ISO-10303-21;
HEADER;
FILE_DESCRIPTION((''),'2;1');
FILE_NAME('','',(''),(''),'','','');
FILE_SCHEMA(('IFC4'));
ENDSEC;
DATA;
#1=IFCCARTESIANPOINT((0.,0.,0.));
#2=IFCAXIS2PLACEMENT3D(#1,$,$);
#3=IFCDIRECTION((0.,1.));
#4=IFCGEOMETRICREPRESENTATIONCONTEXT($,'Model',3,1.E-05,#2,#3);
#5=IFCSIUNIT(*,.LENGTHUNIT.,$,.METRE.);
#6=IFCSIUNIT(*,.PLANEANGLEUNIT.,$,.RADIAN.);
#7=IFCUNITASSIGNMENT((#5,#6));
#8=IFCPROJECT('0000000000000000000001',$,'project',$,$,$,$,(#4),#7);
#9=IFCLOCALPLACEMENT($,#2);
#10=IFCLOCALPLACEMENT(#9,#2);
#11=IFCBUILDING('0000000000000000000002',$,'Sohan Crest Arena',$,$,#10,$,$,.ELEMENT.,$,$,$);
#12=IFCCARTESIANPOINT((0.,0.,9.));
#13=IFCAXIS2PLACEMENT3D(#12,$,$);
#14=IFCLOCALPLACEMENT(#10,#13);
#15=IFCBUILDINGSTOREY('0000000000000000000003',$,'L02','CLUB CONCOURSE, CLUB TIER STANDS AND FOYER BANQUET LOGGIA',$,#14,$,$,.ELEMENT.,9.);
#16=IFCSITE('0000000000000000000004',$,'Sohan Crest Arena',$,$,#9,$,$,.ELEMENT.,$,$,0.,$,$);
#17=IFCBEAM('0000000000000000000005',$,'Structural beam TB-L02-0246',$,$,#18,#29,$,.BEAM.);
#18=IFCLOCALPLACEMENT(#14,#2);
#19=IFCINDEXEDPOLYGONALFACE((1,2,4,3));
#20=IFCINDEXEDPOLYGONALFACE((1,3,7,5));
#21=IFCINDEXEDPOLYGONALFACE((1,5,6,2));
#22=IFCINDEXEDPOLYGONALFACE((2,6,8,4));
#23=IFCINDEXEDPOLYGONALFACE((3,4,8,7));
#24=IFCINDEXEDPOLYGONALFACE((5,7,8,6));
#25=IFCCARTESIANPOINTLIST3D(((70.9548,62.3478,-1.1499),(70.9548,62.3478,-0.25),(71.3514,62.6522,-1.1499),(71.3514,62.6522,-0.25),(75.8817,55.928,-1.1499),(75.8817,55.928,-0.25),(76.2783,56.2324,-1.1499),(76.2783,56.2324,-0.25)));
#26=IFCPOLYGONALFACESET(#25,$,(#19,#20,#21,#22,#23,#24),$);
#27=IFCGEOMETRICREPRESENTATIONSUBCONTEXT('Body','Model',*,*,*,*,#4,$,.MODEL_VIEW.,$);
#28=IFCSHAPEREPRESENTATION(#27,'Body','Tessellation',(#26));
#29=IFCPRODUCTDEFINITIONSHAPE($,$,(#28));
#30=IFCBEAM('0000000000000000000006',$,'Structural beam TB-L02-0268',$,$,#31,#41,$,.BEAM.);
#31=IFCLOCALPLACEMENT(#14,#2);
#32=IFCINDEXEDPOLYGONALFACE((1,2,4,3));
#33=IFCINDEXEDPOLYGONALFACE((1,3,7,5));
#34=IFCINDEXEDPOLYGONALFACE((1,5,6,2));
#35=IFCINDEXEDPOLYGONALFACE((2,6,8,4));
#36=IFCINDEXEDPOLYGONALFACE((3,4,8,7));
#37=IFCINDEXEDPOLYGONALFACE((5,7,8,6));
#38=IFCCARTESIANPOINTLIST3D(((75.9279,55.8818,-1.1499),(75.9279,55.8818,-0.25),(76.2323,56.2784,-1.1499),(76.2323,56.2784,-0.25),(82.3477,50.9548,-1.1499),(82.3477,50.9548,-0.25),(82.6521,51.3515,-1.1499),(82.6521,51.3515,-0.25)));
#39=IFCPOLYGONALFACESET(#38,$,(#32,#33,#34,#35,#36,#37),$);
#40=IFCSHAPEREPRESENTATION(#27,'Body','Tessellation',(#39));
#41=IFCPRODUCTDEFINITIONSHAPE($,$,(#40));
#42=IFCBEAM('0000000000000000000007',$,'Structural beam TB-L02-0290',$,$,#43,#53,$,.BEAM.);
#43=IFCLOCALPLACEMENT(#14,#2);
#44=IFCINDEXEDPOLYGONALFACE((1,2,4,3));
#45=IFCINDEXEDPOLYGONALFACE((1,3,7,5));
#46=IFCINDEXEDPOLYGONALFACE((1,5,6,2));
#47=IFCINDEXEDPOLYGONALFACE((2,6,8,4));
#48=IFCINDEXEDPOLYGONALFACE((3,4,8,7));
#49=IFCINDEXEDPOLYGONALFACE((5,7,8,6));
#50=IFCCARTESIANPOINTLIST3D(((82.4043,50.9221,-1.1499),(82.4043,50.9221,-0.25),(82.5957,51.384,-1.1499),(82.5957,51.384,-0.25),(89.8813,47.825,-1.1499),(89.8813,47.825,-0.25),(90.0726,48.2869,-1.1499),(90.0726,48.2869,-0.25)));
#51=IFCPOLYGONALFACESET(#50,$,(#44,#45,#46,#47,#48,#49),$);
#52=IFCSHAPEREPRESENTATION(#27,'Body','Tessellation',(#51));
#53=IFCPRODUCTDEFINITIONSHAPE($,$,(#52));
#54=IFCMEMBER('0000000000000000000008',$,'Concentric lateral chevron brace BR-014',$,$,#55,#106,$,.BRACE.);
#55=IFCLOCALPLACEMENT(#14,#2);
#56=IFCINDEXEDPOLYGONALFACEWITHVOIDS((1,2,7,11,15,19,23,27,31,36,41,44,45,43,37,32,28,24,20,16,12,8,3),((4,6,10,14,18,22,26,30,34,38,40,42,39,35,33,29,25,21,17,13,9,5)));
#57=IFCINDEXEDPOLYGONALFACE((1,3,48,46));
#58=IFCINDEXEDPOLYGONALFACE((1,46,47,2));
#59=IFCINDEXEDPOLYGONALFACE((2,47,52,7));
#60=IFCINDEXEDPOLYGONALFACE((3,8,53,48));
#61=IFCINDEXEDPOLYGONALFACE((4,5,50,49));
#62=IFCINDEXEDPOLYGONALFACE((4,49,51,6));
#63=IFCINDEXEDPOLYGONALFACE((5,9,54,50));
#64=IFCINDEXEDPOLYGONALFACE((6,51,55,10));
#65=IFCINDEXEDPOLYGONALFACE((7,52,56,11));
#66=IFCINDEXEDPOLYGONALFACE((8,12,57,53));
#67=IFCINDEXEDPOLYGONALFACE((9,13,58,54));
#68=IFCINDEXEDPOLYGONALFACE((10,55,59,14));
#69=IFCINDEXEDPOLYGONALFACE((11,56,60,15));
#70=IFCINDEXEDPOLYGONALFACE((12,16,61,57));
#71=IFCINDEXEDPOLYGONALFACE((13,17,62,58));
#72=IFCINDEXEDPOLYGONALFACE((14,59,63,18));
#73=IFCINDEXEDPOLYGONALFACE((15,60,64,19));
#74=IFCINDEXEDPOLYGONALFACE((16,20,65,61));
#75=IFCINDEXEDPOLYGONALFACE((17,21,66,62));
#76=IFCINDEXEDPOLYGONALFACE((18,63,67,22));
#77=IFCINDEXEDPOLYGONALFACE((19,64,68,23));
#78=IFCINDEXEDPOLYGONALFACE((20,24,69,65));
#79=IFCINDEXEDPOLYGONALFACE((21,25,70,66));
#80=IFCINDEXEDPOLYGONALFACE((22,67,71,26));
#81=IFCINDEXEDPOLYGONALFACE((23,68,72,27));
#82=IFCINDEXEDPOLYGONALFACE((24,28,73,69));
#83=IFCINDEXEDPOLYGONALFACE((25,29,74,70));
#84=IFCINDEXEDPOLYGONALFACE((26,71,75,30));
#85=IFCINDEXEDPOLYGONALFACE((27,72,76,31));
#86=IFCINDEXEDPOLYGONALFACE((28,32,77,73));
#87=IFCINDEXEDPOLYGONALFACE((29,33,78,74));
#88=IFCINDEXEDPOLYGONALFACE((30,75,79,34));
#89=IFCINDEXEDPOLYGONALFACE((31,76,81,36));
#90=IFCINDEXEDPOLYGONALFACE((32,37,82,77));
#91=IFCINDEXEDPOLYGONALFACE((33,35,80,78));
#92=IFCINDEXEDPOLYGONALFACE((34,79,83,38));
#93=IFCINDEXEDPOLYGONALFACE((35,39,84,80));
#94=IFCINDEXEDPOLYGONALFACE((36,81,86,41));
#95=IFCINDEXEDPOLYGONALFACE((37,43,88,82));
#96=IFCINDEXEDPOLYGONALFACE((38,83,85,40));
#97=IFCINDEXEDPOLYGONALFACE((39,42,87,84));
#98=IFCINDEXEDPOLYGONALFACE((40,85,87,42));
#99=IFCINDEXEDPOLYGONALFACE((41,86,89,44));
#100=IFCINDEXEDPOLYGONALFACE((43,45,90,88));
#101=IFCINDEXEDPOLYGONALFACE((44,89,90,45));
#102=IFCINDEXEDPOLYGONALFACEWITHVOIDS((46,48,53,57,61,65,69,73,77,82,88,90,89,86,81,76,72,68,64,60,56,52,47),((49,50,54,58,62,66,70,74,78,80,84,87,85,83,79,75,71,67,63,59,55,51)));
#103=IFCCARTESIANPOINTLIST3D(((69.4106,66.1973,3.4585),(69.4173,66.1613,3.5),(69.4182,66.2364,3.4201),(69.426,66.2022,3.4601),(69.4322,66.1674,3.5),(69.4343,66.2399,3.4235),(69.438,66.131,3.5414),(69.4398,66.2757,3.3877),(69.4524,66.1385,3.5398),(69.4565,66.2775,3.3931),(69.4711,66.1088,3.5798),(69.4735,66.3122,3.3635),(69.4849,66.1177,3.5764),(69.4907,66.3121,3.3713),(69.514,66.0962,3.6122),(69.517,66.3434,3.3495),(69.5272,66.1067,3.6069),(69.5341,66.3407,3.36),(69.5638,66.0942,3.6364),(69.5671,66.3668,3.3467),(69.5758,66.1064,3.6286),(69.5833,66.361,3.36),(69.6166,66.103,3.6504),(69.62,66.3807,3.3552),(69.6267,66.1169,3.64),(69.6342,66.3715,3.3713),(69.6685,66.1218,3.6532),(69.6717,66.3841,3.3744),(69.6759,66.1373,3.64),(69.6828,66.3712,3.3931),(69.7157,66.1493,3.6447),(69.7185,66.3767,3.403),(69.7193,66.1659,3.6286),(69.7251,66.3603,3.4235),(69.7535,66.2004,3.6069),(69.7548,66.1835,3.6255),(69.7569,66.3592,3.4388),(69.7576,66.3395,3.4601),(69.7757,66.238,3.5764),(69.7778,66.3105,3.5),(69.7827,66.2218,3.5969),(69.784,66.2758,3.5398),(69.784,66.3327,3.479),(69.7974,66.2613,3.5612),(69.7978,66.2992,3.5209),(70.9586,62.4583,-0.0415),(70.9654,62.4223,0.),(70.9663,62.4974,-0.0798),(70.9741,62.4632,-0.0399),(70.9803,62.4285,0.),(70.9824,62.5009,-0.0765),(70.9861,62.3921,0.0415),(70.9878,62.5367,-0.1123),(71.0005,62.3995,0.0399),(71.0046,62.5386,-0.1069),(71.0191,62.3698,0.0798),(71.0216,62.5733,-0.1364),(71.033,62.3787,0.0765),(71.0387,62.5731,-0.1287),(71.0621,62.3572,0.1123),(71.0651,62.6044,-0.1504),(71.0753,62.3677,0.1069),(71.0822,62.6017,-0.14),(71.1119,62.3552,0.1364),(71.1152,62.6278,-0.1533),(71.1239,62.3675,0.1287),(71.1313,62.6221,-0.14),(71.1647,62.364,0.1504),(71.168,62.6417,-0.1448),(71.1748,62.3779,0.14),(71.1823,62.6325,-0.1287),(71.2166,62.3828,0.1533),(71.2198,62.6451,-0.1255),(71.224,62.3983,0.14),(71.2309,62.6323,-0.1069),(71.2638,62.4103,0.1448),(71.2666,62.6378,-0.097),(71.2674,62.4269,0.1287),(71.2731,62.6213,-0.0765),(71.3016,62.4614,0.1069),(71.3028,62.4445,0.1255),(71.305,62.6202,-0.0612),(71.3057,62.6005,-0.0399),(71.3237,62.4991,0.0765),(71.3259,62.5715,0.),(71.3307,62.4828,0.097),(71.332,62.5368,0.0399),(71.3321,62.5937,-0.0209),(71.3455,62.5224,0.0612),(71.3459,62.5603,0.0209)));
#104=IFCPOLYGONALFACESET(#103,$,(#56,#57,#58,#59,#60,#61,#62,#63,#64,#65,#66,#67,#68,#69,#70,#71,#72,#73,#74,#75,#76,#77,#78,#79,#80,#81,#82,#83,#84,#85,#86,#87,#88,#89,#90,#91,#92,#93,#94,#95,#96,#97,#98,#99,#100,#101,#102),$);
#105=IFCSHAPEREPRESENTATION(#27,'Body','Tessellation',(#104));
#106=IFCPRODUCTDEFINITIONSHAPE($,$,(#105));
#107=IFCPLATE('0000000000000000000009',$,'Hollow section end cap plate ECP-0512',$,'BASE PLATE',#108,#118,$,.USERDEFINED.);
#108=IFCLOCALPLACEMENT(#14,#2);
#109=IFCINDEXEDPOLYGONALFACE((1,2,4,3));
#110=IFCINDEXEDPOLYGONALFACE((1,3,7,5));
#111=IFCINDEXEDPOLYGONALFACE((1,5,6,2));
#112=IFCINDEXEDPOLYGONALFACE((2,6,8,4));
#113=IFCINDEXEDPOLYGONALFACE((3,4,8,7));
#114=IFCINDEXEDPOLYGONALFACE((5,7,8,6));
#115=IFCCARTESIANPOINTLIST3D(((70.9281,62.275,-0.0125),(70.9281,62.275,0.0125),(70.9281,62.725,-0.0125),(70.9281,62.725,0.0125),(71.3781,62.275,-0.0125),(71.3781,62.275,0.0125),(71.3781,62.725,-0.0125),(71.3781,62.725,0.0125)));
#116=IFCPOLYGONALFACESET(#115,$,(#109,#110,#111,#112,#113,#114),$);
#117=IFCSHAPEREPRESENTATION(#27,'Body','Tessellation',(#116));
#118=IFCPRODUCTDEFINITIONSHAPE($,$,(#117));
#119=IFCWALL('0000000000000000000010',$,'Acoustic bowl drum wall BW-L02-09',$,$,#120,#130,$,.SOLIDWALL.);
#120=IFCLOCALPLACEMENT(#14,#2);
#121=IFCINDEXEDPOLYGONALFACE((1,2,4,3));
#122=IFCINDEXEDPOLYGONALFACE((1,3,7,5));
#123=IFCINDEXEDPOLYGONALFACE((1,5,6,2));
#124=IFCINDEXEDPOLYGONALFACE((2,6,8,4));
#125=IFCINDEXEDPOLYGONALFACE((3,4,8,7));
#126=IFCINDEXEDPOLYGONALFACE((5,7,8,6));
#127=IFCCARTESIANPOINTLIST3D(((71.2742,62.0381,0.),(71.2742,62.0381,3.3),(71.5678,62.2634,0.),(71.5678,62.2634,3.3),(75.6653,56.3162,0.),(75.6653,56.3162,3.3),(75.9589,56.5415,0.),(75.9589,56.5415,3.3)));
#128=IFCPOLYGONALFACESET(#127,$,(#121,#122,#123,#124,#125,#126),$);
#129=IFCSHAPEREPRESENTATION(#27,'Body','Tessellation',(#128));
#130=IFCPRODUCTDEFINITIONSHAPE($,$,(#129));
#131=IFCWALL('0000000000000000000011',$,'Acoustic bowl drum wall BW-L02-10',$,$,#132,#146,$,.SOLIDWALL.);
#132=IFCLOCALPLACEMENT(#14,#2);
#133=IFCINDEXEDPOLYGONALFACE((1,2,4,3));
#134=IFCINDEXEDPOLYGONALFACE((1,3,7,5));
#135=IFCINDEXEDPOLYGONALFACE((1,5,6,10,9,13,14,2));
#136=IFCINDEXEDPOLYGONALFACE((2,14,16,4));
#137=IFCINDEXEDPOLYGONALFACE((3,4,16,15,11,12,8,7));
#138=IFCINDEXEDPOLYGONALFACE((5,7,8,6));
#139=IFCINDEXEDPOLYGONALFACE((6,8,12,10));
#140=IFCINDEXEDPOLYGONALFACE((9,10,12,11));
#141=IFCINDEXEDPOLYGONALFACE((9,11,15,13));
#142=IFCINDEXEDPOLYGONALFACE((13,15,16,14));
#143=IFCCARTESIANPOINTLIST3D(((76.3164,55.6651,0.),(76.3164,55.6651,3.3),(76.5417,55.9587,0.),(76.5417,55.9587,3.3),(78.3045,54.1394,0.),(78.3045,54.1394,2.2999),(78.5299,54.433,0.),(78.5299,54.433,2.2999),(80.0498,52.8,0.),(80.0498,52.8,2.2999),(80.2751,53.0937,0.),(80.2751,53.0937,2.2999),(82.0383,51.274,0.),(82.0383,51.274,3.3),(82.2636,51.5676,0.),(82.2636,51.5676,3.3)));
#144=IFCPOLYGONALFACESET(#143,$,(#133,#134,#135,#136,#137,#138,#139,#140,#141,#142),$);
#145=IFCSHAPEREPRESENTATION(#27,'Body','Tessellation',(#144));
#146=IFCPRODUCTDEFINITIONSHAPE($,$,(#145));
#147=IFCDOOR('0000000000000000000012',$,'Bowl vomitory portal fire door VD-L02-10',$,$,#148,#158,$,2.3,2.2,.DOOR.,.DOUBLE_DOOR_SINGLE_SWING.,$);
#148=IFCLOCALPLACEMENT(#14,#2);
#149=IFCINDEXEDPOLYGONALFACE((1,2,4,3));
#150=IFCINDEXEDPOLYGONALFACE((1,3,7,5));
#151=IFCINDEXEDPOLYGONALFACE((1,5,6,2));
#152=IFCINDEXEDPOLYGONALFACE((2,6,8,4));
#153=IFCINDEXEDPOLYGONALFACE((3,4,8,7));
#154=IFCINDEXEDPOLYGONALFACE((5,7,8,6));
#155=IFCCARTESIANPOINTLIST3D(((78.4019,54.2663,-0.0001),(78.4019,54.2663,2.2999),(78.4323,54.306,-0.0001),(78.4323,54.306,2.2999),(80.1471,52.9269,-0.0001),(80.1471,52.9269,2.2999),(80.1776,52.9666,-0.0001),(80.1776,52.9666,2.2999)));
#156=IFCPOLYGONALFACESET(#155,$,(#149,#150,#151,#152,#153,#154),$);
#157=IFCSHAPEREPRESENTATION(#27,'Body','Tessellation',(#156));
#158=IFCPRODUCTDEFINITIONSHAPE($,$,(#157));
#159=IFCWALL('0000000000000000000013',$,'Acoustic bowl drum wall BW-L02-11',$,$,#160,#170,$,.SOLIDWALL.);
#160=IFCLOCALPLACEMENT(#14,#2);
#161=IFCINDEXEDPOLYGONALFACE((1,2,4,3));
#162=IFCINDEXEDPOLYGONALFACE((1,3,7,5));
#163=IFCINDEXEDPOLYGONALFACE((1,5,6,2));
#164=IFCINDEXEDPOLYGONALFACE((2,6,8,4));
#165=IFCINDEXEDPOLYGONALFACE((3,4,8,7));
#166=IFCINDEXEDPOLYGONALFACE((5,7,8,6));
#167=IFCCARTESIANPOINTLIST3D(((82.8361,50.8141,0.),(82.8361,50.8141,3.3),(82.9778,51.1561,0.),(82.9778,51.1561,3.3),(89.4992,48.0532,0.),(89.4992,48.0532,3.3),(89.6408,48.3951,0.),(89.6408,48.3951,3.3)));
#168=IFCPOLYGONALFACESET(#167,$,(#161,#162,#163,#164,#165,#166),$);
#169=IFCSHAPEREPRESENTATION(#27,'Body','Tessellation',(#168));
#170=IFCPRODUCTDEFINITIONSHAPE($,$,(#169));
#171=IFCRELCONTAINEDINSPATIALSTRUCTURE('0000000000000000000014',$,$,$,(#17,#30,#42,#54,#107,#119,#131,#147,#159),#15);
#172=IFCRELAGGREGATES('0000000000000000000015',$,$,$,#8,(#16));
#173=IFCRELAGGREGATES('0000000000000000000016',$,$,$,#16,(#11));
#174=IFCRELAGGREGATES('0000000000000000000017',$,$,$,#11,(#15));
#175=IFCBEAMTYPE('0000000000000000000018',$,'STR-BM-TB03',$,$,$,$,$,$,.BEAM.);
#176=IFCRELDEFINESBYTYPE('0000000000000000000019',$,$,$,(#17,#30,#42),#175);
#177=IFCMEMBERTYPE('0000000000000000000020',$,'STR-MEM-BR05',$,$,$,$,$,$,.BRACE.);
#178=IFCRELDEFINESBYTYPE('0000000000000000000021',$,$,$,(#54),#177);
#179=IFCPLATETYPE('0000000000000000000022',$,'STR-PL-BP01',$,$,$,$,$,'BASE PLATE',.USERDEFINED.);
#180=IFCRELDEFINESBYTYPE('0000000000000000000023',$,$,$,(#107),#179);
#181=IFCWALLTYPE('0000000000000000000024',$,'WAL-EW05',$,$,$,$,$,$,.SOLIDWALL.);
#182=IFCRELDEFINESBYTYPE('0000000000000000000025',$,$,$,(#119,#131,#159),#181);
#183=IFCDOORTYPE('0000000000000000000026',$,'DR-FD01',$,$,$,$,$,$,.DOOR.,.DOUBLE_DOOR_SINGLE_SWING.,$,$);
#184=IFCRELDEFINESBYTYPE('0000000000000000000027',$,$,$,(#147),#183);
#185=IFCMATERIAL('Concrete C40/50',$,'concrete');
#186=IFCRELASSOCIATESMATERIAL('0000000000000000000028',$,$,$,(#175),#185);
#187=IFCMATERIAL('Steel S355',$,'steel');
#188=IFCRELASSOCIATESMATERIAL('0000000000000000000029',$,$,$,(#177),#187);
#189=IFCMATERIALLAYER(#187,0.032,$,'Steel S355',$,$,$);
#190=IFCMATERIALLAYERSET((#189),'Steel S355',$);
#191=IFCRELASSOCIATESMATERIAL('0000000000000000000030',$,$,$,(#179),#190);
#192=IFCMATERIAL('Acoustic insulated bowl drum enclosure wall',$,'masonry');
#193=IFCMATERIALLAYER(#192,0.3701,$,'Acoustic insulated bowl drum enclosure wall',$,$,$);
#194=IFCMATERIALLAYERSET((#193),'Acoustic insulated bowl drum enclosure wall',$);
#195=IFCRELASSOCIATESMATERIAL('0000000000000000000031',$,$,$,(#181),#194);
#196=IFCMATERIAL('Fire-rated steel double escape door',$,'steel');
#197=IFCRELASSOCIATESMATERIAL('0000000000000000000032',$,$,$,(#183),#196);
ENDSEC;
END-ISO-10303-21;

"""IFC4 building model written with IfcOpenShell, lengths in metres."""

from ifc_helpers import new_model, si_unit, direction, frame, frame_2d, origin, origin_2d, place, context, subcontext, project, spatial, rectangle, hollow_circle, extrude, material, layer, layer_set, material_profile, profile_set, type_object, element, fill, save


model = new_model("IFC4")

# Units and contexts
model_context = context("Model", 3, precision=1e-05, world=origin(), true_north=direction((0.0, 1.0)))
body_context = subcontext(model_context, "Body", "Model", "MODEL_VIEW")
ifc_project = project(units=[si_unit("LENGTHUNIT", "METRE"), si_unit("PLANEANGLEUNIT", "RADIAN")], contexts=[model_context])

# Site, building, storey
site_placement = place(None, origin())
site = spatial("IfcSite", under=ifc_project, at=site_placement, Name="Sohan Crest Arena", CompositionType="ELEMENT", RefElevation=0.0)
building_placement = place(site_placement, origin())
building = spatial("IfcBuilding", under=site, at=building_placement, Name="Sohan Crest Arena", CompositionType="ELEMENT")
storey_placement = place(building_placement, frame((0.0, 0.0, 9.0)))
storey = spatial("IfcBuildingStorey", under=building, at=storey_placement, Name="L02", Description="CLUB CONCOURSE, CLUB TIER STANDS AND FOYER BANQUET LOGGIA", CompositionType="ELEMENT", Elevation=9.0)

# Shared definitions
ifc_material_1 = material(Name="Concrete C40/50", Category="concrete")
ifc_material_2 = material(Name="Steel S355", Category="steel")

# Beams
ifc_material_profile_1 = material_profile(ifc_material_1, rectangle(XDim=0.5, YDim=0.8999, at=origin_2d()), Name="RC-BM 500x900")
ifc_profile_set_1 = profile_set([ifc_material_profile_1], Name="Concrete C40/50")
beam_type_1 = type_object("IfcBeamType", Name="STR-BM-TB03", PredefinedType="BEAM", material=ifc_profile_set_1)
for number, where, z_axis, x_axis, name in (
    (1, (71.1531, 62.5, -0.7), (0.608825, -0.793304, 0.0), (0.793304, 0.608825, 0.0), "Structural beam TB-L02-0246"),
    (2, (76.0801, 56.0801, -0.7), (0.793304, -0.608825, 0.0), (0.608825, 0.793304, 0.0), "Structural beam TB-L02-0268"),
):
    element("IfcBeam", number, at=place(storey_placement, frame(where, z_axis=z_axis, x_axis=x_axis)), inside=storey, type_object=beam_type_1, Name=name, PredefinedType="BEAM", context=body_context, shape_type="SweptSolid", body=[
        extrude(rectangle(XDim=0.5, YDim=0.8999, at=origin_2d()), origin(), (0.0, 0.0, 1.0), 8.0925),
    ])
beam_1_placement = place(storey_placement, frame((82.5, 51.1531, -0.7), z_axis=(0.923876, -0.382691, 0.0), x_axis=(0.382691, 0.923876, 0.0)))
element("IfcBeam", 3, at=beam_1_placement, inside=storey, type_object=beam_type_1, Name="Structural beam TB-L02-0290", PredefinedType="BEAM", context=body_context, shape_type="SweptSolid", body=[
    extrude(rectangle(XDim=0.5, YDim=0.8999, at=origin_2d()), origin(), (0.0, 0.0, 1.0), 8.093),
])

# Member
ifc_material_profile_2 = material_profile(ifc_material_2, hollow_circle(Radius=0.2031, WallThickness=0.0161, at=origin_2d()), Name="CHS 406.4x16")
ifc_profile_set_2 = profile_set([ifc_material_profile_2], Name="Steel S355")
member_type = type_object("IfcMemberType", Name="STR-MEM-BR05", PredefinedType="BRACE", material=ifc_profile_set_2)
member_placement = place(storey_placement, frame((71.1531, 62.5, 0.0), z_axis=(-0.289342, 0.698828, 0.654156), x_axis=(-0.923937, -0.382545, 0.0)))
element("IfcMember", 4, at=member_placement, inside=storey, type_object=member_type, Name="Concentric lateral chevron brace BR-014", PredefinedType="BRACE", context=body_context, shape_type="SweptSolid", body=[
    extrude(hollow_circle(Radius=0.2031, WallThickness=0.0161, at=origin_2d()), origin(), (0.0, 0.0, 1.0), 5.3503),
])

# Plate
ifc_layer_1 = layer(ifc_material_2, 0.032, Name="Steel S355")
ifc_layer_set_1 = layer_set([ifc_layer_1], Name="Steel S355")
plate_type = type_object("IfcPlateType", Name="STR-PL-BP01", ElementType="BASE PLATE", PredefinedType="USERDEFINED", material=ifc_layer_set_1)
plate_placement = place(storey_placement, frame((71.1531, 62.5, -0.0125), z_axis=(0.0, 0.0, 1.0), x_axis=(1.0, 0.0, 0.0)))
element("IfcPlate", 5, at=plate_placement, inside=storey, type_object=plate_type, Name="Hollow section end cap plate ECP-0512", ObjectType="BASE PLATE", PredefinedType="USERDEFINED", context=body_context, shape_type="SweptSolid", body=[
    extrude(rectangle(XDim=0.45, YDim=0.45, at=origin_2d()), origin(), (0.0, 0.0, 1.0), 0.0249),
])

# Wall
ifc_material_3 = material(Name="Acoustic insulated bowl drum enclosure wall", Category="masonry")
ifc_layer_2 = layer(ifc_material_3, 0.3701, Name="Acoustic insulated bowl drum enclosure wall")
ifc_layer_set_2 = layer_set([ifc_layer_2], Name="Acoustic insulated bowl drum enclosure wall")
wall_type_1 = type_object("IfcWallType", Name="WAL-EW05", PredefinedType="SOLIDWALL", material=ifc_layer_set_2)
wall_1_placement = place(storey_placement, frame((71.4209, 62.1509, 0.0), z_axis=(0.0, 0.0, 1.0), x_axis=(0.608807, -0.793318, 0.0)))
element("IfcWall", 6, at=wall_1_placement, inside=storey, type_object=wall_type_1, Name="Acoustic bowl drum wall BW-L02-09", PredefinedType="SOLIDWALL", context=body_context, shape_type="SweptSolid", body=[
    extrude(rectangle(XDim=7.2126, YDim=0.3701, at=frame_2d((3.6064, 0.0))), origin(), (0.0, 0.0, 1.0), 3.3),
])

# Wall, opening, door
wall_2_placement = place(storey_placement, frame((76.429, 55.812, 0.0), z_axis=(0.0, 0.0, 1.0), x_axis=(0.793318, -0.608807, 0.0)))
wall_2 = element("IfcWall", 7, at=wall_2_placement, inside=storey, type_object=wall_type_1, Name="Acoustic bowl drum wall BW-L02-10", PredefinedType="SOLIDWALL", context=body_context, shape_type="SweptSolid", body=[
    extrude(rectangle(XDim=7.2126, YDim=0.3701, at=frame_2d((3.6064, 0.0))), origin(), (0.0, 0.0, 1.0), 3.3),
])
opening_1_placement = place(wall_2_placement, frame((2.5061, 0.0, 0.0)))
opening_1 = element("IfcOpeningElement", 8, at=opening_1_placement, cuts=wall_2, PredefinedType="OPENING", context=body_context, shape_type="SweptSolid", body=[
    extrude(rectangle(XDim=2.2, YDim=2.3, at=frame_2d((1.1001, 1.1499))), frame((0.0, 0.1951, 0.0), z_axis=(0.0, -1.0, 0.0), x_axis=(1.0, 0.0, 0.0)), (0.0, 0.0, 1.0), 0.3901),
])
ifc_material_4 = material(Name="Fire-rated steel double escape door", Category="steel")
door_type_1 = type_object("IfcDoorType", Name="DR-FD01", OperationType="DOUBLE_DOOR_SINGLE_SWING", PredefinedType="DOOR", material=ifc_material_4)
door_1_placement = place(opening_1_placement, origin())
door_1 = element("IfcDoor", 9, at=door_1_placement, inside=storey, type_object=door_type_1, Name="Bowl vomitory portal fire door VD-L02-10", OperationType="DOUBLE_DOOR_SINGLE_SWING", OverallHeight=2.3, OverallWidth=2.2, PredefinedType="DOOR", context=body_context, shape_type="SweptSolid", body=[
    extrude(rectangle(XDim=2.2, YDim=2.3, at=frame_2d((1.1001, 1.1499))), frame((0.0, 0.0249, 0.0), z_axis=(0.0, -1.0, 0.0), x_axis=(1.0, 0.0, 0.0)), (0.0, 0.0, 1.0), 0.05),
])
fill(opening_1, door_1)

# Wall
wall_3_placement = place(storey_placement, frame((82.907, 50.9851, 0.0), z_axis=(0.0, 0.0, 1.0), x_axis=(0.923828, -0.382807, 0.0)))
element("IfcWall", 10, at=wall_3_placement, inside=storey, type_object=wall_type_1, Name="Acoustic bowl drum wall BW-L02-11", PredefinedType="SOLIDWALL", context=body_context, shape_type="SweptSolid", body=[
    extrude(rectangle(XDim=7.2124, YDim=0.3701, at=frame_2d((3.6062, 0.0))), origin(), (0.0, 0.0, 1.0), 3.3),
])

save(model, "model.ifc")
